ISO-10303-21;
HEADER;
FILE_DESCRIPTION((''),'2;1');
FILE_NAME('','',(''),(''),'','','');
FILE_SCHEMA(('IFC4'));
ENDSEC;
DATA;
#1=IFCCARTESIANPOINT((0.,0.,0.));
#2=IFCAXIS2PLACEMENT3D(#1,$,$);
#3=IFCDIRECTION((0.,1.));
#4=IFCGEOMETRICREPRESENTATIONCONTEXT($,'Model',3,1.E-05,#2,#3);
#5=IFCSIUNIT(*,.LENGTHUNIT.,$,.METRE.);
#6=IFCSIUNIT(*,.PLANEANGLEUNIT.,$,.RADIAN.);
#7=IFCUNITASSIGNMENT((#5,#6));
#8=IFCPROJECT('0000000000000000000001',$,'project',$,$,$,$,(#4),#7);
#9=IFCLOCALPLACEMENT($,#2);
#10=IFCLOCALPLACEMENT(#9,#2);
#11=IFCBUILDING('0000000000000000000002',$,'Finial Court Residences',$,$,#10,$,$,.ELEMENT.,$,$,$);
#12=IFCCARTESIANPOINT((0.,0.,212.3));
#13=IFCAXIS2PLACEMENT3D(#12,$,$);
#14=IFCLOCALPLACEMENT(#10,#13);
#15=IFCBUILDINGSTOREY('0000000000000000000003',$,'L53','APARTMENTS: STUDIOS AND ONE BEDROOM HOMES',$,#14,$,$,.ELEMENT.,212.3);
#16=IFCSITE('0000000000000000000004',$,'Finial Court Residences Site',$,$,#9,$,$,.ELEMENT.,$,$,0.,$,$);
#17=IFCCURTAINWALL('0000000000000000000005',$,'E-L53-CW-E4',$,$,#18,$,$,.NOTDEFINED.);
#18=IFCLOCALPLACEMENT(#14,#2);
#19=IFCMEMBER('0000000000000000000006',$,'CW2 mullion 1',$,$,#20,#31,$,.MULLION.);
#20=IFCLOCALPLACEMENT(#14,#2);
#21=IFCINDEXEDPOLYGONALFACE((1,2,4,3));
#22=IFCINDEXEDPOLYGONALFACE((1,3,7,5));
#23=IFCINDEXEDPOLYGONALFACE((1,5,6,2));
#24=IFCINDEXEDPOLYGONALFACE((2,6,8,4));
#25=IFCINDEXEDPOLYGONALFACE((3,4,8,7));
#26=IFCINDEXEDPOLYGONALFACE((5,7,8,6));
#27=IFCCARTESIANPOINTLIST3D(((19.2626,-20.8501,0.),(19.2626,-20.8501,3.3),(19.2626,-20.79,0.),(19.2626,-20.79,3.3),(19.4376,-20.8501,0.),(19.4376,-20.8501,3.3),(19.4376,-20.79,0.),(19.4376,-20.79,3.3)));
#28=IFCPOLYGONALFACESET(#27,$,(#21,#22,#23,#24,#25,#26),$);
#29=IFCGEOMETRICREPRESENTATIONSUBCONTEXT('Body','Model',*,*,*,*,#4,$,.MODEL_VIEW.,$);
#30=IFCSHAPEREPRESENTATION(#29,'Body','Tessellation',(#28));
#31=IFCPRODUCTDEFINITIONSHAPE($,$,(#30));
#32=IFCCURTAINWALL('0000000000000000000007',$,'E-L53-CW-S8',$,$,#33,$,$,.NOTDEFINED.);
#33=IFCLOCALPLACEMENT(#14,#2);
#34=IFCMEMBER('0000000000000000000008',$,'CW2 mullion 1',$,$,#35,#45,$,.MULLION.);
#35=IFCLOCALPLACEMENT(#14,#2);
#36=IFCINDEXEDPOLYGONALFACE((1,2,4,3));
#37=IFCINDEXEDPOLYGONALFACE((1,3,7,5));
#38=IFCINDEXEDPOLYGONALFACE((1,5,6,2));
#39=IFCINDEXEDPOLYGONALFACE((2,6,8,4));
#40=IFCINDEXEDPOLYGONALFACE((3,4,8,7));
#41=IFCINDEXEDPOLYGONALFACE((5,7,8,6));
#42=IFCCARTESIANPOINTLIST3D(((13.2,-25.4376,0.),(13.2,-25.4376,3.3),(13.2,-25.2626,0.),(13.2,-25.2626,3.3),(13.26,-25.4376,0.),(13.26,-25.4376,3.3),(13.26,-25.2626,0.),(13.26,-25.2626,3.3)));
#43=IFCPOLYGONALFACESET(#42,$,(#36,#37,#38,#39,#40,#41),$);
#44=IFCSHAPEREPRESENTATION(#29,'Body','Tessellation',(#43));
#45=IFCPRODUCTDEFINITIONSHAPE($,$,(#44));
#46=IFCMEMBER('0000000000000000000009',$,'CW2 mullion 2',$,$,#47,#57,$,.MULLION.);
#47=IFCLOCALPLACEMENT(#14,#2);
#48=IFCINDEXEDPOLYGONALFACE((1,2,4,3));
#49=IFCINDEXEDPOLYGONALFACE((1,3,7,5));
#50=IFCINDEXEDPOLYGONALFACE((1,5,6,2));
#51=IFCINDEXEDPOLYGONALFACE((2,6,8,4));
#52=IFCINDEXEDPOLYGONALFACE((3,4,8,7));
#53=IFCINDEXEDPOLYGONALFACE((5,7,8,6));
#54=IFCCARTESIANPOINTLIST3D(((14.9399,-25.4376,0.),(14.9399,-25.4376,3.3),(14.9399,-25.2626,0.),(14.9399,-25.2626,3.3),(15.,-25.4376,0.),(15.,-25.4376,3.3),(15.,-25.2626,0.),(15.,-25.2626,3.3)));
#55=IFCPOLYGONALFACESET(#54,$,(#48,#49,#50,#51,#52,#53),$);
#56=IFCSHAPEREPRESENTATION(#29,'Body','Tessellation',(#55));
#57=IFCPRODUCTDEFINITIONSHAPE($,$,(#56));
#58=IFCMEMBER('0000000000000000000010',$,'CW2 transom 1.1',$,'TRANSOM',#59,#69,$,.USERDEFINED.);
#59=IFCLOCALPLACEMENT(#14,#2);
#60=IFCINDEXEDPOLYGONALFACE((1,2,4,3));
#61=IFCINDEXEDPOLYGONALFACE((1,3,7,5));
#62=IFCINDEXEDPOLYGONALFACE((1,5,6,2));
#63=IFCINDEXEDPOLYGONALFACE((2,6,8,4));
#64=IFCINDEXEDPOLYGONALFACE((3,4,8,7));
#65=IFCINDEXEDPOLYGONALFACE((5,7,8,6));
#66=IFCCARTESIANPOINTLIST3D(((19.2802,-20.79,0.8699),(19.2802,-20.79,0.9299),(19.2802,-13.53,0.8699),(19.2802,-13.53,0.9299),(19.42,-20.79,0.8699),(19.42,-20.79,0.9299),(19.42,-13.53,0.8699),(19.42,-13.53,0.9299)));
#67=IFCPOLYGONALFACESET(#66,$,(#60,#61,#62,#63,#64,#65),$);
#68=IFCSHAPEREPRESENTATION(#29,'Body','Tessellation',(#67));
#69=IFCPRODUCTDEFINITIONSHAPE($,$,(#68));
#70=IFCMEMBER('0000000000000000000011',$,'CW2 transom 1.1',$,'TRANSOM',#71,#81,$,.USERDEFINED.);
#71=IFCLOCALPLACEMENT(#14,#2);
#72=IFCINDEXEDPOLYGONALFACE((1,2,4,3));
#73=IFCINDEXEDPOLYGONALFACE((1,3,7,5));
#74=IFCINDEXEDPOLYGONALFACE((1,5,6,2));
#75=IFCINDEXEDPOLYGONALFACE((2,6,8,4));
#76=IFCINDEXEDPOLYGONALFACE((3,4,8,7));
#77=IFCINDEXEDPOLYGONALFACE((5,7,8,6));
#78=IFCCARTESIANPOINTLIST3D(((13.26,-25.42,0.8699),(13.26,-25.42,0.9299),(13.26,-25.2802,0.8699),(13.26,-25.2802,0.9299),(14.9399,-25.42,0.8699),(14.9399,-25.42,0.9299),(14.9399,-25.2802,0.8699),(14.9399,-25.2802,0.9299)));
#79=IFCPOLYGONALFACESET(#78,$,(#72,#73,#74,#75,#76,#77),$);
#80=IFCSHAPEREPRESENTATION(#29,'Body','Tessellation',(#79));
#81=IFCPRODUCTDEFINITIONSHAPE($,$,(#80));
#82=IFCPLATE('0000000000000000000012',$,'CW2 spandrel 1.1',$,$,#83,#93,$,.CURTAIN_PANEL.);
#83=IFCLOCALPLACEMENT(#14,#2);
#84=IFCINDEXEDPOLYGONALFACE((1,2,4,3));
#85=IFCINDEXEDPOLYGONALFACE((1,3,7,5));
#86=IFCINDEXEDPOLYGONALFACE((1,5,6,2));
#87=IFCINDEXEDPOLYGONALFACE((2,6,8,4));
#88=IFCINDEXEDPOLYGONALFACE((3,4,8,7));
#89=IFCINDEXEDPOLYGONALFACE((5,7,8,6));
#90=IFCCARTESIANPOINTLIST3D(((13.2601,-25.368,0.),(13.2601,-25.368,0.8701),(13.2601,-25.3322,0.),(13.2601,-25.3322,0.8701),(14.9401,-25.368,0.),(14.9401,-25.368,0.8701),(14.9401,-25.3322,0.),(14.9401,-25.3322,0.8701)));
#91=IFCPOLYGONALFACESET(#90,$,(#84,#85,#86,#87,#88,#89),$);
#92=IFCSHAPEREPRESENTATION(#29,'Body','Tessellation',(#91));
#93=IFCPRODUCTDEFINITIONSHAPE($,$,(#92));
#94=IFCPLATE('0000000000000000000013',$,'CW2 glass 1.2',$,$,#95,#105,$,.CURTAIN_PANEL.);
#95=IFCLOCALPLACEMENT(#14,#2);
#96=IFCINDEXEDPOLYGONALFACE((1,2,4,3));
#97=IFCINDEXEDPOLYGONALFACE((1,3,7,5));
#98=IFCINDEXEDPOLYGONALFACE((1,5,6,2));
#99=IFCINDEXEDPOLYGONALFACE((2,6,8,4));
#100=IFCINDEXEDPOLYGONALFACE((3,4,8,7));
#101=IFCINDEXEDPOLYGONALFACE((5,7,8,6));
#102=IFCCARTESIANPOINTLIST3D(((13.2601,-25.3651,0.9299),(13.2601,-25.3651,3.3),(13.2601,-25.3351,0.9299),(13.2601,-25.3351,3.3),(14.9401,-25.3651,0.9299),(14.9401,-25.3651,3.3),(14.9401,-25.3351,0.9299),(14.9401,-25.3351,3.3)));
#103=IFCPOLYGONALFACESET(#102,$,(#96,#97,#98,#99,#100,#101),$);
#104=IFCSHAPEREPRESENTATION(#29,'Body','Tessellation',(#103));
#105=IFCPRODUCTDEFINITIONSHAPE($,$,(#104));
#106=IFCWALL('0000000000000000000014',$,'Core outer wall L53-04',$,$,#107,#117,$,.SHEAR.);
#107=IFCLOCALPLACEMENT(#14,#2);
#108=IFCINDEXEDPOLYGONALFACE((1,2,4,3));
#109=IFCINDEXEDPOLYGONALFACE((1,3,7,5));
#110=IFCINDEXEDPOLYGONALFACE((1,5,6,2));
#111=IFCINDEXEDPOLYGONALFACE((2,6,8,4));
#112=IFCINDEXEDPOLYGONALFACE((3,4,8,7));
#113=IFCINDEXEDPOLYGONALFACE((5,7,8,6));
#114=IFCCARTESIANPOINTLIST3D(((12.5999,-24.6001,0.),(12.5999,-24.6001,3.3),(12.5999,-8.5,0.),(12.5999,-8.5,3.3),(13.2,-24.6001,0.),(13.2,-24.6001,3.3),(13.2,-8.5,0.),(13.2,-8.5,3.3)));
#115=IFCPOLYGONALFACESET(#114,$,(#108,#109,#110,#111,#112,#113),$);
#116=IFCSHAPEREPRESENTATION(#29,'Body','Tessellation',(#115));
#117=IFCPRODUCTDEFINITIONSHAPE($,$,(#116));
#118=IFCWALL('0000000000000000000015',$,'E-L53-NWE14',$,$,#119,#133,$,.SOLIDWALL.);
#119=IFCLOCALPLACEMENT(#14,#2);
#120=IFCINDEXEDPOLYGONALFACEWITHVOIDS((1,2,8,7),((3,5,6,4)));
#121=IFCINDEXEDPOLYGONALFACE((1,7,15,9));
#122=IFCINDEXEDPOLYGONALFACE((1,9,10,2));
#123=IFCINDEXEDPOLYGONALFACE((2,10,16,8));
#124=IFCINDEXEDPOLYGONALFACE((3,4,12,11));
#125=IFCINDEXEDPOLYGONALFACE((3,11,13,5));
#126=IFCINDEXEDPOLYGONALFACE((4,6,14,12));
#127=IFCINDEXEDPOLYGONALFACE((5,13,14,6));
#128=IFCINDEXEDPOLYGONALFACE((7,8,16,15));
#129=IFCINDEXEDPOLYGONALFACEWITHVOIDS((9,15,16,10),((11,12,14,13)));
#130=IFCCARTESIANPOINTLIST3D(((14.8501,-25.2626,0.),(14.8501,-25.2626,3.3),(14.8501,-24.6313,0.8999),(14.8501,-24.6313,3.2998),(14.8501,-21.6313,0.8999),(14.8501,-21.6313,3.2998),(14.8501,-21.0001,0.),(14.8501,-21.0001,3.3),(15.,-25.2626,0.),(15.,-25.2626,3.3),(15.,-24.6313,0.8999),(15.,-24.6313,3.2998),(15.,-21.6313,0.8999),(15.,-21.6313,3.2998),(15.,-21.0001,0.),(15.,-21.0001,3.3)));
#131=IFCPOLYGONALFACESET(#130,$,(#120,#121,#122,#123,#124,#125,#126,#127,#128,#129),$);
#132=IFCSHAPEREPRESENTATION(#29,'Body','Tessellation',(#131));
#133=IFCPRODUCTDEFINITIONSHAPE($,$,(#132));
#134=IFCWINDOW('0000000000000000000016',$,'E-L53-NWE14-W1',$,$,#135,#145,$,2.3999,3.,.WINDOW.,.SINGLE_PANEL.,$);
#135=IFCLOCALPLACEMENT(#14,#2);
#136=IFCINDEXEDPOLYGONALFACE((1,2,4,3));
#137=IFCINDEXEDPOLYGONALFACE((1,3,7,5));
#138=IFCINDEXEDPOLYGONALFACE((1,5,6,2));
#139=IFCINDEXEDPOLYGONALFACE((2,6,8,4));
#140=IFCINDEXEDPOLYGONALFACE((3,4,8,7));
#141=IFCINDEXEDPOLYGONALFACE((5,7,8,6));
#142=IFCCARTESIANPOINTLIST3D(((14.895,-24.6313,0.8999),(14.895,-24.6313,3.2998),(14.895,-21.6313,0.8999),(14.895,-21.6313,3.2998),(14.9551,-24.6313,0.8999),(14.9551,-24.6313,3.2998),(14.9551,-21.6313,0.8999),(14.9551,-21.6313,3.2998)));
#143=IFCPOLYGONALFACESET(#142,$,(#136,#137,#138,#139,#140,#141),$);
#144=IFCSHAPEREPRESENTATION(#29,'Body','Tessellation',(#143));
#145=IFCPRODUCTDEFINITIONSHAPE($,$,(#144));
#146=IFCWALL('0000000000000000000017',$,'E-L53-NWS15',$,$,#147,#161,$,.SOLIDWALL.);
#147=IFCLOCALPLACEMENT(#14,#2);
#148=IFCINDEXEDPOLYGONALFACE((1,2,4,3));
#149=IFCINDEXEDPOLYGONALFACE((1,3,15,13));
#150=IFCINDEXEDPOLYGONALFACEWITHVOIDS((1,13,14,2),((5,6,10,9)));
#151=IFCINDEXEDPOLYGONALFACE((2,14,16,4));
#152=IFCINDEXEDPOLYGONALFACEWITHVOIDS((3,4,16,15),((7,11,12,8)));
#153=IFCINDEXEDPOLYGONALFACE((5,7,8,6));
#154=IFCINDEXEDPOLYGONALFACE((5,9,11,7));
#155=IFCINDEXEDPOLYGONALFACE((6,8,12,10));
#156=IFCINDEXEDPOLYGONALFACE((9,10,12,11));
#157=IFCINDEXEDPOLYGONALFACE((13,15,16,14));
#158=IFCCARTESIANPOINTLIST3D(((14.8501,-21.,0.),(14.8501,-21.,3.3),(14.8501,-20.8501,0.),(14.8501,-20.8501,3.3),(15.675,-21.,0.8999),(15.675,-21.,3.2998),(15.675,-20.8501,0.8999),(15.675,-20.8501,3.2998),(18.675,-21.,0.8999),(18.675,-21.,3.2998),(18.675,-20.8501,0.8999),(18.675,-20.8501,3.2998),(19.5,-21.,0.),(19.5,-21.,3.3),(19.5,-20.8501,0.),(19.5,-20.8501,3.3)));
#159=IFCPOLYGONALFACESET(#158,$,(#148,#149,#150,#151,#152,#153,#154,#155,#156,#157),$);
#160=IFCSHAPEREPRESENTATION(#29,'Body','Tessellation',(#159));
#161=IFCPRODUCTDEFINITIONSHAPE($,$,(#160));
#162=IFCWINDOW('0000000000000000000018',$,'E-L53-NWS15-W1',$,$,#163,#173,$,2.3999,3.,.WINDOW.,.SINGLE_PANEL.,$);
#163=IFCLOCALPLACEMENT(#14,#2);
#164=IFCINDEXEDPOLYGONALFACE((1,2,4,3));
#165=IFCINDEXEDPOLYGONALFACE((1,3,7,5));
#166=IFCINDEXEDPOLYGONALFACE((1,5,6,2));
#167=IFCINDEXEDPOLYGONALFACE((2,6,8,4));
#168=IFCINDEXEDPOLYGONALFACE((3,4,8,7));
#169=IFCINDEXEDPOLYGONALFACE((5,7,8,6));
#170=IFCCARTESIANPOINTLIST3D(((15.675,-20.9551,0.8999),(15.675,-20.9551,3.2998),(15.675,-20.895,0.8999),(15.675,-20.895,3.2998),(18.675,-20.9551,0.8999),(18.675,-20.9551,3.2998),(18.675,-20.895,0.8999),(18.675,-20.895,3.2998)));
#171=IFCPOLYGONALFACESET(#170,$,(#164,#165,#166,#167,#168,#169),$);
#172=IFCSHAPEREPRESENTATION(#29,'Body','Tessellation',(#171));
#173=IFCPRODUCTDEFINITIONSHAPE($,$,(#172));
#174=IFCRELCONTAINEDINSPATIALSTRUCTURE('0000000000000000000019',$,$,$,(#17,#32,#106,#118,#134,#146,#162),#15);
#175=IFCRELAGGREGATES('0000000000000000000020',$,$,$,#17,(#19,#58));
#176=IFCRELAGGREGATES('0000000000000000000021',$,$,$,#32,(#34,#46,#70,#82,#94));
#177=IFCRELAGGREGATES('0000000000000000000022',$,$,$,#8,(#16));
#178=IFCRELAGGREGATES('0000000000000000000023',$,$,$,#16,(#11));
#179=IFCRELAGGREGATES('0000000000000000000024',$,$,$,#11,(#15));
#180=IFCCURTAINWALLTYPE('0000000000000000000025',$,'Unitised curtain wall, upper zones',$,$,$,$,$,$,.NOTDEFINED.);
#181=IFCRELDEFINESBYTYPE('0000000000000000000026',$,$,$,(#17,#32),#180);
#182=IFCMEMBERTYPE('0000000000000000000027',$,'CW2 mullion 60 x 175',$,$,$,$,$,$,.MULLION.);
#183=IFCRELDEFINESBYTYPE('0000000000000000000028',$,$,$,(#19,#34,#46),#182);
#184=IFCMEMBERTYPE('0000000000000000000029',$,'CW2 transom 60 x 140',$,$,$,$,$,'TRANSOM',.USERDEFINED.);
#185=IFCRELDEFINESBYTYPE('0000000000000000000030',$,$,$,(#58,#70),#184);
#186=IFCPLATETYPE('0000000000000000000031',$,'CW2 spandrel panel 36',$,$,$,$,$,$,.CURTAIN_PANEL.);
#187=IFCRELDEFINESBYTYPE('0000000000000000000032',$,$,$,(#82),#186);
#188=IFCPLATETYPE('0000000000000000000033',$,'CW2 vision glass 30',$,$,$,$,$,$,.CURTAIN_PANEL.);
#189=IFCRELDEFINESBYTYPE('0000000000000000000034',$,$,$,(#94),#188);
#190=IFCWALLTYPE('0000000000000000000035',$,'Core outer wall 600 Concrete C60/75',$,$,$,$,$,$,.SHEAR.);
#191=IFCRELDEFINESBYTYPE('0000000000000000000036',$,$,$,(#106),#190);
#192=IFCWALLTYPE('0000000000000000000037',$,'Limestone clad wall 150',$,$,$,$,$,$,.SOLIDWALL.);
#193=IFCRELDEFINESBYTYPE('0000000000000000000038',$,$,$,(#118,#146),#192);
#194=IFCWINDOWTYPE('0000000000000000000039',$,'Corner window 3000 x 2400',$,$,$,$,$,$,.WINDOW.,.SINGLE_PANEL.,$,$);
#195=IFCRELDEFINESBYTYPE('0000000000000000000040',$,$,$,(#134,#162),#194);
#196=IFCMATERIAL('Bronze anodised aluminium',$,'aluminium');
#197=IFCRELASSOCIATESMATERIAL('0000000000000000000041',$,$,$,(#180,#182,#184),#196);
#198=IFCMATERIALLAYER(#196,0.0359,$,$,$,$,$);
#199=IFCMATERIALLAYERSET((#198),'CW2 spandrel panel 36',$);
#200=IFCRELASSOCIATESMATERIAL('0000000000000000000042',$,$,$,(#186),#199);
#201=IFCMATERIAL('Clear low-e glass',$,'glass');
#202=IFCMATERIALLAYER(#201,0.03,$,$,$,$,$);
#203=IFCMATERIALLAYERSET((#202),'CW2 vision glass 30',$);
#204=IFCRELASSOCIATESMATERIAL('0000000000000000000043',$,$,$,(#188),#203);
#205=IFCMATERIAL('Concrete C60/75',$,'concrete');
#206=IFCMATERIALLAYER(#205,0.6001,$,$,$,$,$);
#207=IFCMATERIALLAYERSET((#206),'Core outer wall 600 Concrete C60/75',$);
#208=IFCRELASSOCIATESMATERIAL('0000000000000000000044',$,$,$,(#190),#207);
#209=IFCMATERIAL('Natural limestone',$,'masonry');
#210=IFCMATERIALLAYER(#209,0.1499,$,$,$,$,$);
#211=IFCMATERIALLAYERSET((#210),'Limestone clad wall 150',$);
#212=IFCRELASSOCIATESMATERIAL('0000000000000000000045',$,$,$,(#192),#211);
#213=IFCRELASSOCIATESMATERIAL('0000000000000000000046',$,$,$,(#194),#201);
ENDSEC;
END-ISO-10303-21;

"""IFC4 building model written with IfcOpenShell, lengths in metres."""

from ifc_helpers import new_model, si_unit, direction, frame, frame_2d, origin, origin_2d, place, context, subcontext, project, spatial, rectangle, extrude, material, layer, layer_set, material_profile, profile_set, type_object, element, fill, aggregate, save


model = new_model("IFC4")

# Units and contexts
model_context = context("Model", 3, precision=1e-05, world=origin(), true_north=direction((0.0, 1.0)))
body_context = subcontext(model_context, "Body", "Model", "MODEL_VIEW")
ifc_project = project(units=[si_unit("LENGTHUNIT", "METRE"), si_unit("PLANEANGLEUNIT", "RADIAN")], contexts=[model_context])

# Site, building, storey
site_placement = place(None, origin())
site = spatial("IfcSite", under=ifc_project, at=site_placement, Name="Finial Court Residences Site", CompositionType="ELEMENT", RefElevation=0.0)
building_placement = place(site_placement, origin())
building = spatial("IfcBuilding", under=site, at=building_placement, Name="Finial Court Residences", CompositionType="ELEMENT")
storey_placement = place(building_placement, frame((0.0, 0.0, 212.3)))
storey = spatial("IfcBuildingStorey", under=building, at=storey_placement, Name="L53", Description="APARTMENTS: STUDIOS AND ONE BEDROOM HOMES", CompositionType="ELEMENT", Elevation=212.3)

# Curtain wall, member
ifc_material_1 = material(Name="Bronze anodised aluminium", Category="aluminium")
curtain_wall_type = type_object("IfcCurtainWallType", Name="Unitised curtain wall, upper zones", PredefinedType="NOTDEFINED", material=ifc_material_1)
curtain_wall_1_placement = place(storey_placement, origin())
curtain_wall_1 = element("IfcCurtainWall", 1, at=curtain_wall_1_placement, inside=storey, type_object=curtain_wall_type, Name="E-L53-CW-E4", PredefinedType="NOTDEFINED")
ifc_material_profile_1 = material_profile(ifc_material_1, rectangle(XDim=0.175, YDim=0.0601, at=origin_2d()), Name="CW2 mullion 60 x 175")
ifc_profile_set_1 = profile_set([ifc_material_profile_1], Name="Bronze anodised aluminium")
member_type_1 = type_object("IfcMemberType", Name="CW2 mullion 60 x 175", PredefinedType="MULLION", material=ifc_profile_set_1)
member_1_placement = place(storey_placement, frame((19.3501, -20.8201, 0.0), z_axis=(0.0, 0.0, 1.0), x_axis=(-1.0, 0.0, 0.0)))
member_1 = element("IfcMember", 2, at=member_1_placement, type_object=member_type_1, Name="CW2 mullion 1", PredefinedType="MULLION", context=body_context, shape_type="SweptSolid", body=[
    extrude(rectangle(XDim=0.175, YDim=0.0601, at=origin_2d()), origin(), (0.0, 0.0, 1.0), 3.3),
])

# Curtain wall, members
curtain_wall_2_placement = place(storey_placement, origin())
curtain_wall_2 = element("IfcCurtainWall", 3, at=curtain_wall_2_placement, inside=storey, type_object=curtain_wall_type, Name="E-L53-CW-S8", PredefinedType="NOTDEFINED")
member_2_placement = place(storey_placement, frame((13.23, -25.3501, 0.0), z_axis=(0.0, 0.0, 1.0), x_axis=(0.0, 1.0, 0.0)))
member_2 = element("IfcMember", 4, at=member_2_placement, type_object=member_type_1, Name="CW2 mullion 1", PredefinedType="MULLION", context=body_context, shape_type="SweptSolid", body=[
    extrude(rectangle(XDim=0.175, YDim=0.0601, at=origin_2d()), origin(), (0.0, 0.0, 1.0), 3.3),
])
member_3_placement = place(storey_placement, frame((14.97, -25.3501, 0.0), z_axis=(0.0, 0.0, 1.0), x_axis=(0.0, 1.0, 0.0)))
member_3 = element("IfcMember", 5, at=member_3_placement, type_object=member_type_1, Name="CW2 mullion 2", PredefinedType="MULLION", context=body_context, shape_type="SweptSolid", body=[
    extrude(rectangle(XDim=0.175, YDim=0.0601, at=origin_2d()), origin(), (0.0, 0.0, 1.0), 3.3),
])

# Members
ifc_material_profile_2 = material_profile(ifc_material_1, rectangle(XDim=0.1399, YDim=0.0601, at=origin_2d()), Name="CW2 transom 60 x 140")
ifc_profile_set_2 = profile_set([ifc_material_profile_2], Name="Bronze anodised aluminium")
member_type_2 = type_object("IfcMemberType", Name="CW2 transom 60 x 140", ElementType="TRANSOM", PredefinedType="USERDEFINED", material=ifc_profile_set_2)
member_4_placement = place(storey_placement, frame((19.3501, -20.79, 0.8999), z_axis=(0.0, 1.0, 0.0), x_axis=(-1.0, 0.0, 0.0)))
member_4 = element("IfcMember", 6, at=member_4_placement, type_object=member_type_2, Name="CW2 transom 1.1", ObjectType="TRANSOM", PredefinedType="USERDEFINED", context=body_context, shape_type="SweptSolid", body=[
    extrude(rectangle(XDim=0.1399, YDim=0.0601, at=origin_2d()), origin(), (0.0, 0.0, 1.0), 7.26),
])
aggregate(curtain_wall_1, [member_1, member_4])
member_5_placement = place(storey_placement, frame((13.26, -25.3501, 0.8999), z_axis=(1.0, 0.0, 0.0), x_axis=(0.0, 1.0, 0.0)))
member_5 = element("IfcMember", 7, at=member_5_placement, type_object=member_type_2, Name="CW2 transom 1.1", ObjectType="TRANSOM", PredefinedType="USERDEFINED", context=body_context, shape_type="SweptSolid", body=[
    extrude(rectangle(XDim=0.1399, YDim=0.0601, at=origin_2d()), origin(), (0.0, 0.0, 1.0), 1.6799),
])

# Plates
ifc_layer_1 = layer(ifc_material_1, 0.0359)
ifc_layer_set_1 = layer_set([ifc_layer_1], Name="CW2 spandrel panel 36")
plate_type_1 = type_object("IfcPlateType", Name="CW2 spandrel panel 36", PredefinedType="CURTAIN_PANEL", material=ifc_layer_set_1)
plate_1_placement = place(storey_placement, frame((14.1001, -25.3501, 0.0), z_axis=(0.0, 0.0, 1.0), x_axis=(1.0, 0.0, 0.0)))
plate_1 = element("IfcPlate", 8, at=plate_1_placement, type_object=plate_type_1, Name="CW2 spandrel 1.1", PredefinedType="CURTAIN_PANEL", context=body_context, shape_type="SweptSolid", body=[
    extrude(rectangle(XDim=1.6799, YDim=0.0359, at=origin_2d()), origin(), (0.0, 0.0, 1.0), 0.8701),
])
ifc_material_2 = material(Name="Clear low-e glass", Category="glass")
ifc_layer_2 = layer(ifc_material_2, 0.03)
ifc_layer_set_2 = layer_set([ifc_layer_2], Name="CW2 vision glass 30")
plate_type_2 = type_object("IfcPlateType", Name="CW2 vision glass 30", PredefinedType="CURTAIN_PANEL", material=ifc_layer_set_2)
plate_2_placement = place(storey_placement, frame((14.1001, -25.3501, 0.9299), z_axis=(0.0, 0.0, 1.0), x_axis=(1.0, 0.0, 0.0)))
plate_2 = element("IfcPlate", 9, at=plate_2_placement, type_object=plate_type_2, Name="CW2 glass 1.2", PredefinedType="CURTAIN_PANEL", context=body_context, shape_type="SweptSolid", body=[
    extrude(rectangle(XDim=1.6799, YDim=0.03, at=origin_2d()), origin(), (0.0, 0.0, 1.0), 2.3701),
])
aggregate(curtain_wall_2, [member_2, member_3, member_5, plate_1, plate_2])

# Wall
ifc_material_3 = material(Name="Concrete C60/75", Category="concrete")
ifc_layer_3 = layer(ifc_material_3, 0.6001)
ifc_layer_set_3 = layer_set([ifc_layer_3], Name="Core outer wall 600 Concrete C60/75")
wall_type_1 = type_object("IfcWallType", Name="Core outer wall 600 Concrete C60/75", PredefinedType="SHEAR", material=ifc_layer_set_3)
wall_1_placement = place(storey_placement, frame((12.8999, -24.6001, 0.0), z_axis=(0.0, 0.0, 1.0), x_axis=(0.0, 1.0, 0.0)))
element("IfcWall", 10, at=wall_1_placement, inside=storey, type_object=wall_type_1, Name="Core outer wall L53-04", PredefinedType="SHEAR", context=body_context, shape_type="SweptSolid", body=[
    extrude(rectangle(XDim=16.1001, YDim=0.6001, at=frame_2d((8.05, 0.0))), origin(), (0.0, 0.0, 1.0), 3.3),
])

# Walls, openings, windows
ifc_material_4 = material(Name="Natural limestone", Category="masonry")
ifc_layer_4 = layer(ifc_material_4, 0.1499)
ifc_layer_set_4 = layer_set([ifc_layer_4], Name="Limestone clad wall 150")
wall_type_2 = type_object("IfcWallType", Name="Limestone clad wall 150", PredefinedType="SOLIDWALL", material=ifc_layer_set_4)
wall_2_placement = place(storey_placement, frame((14.925, -21.0, 0.0), z_axis=(0.0, 0.0, 1.0), x_axis=(0.0, -1.0, 0.0)))
wall_2 = element("IfcWall", 11, at=wall_2_placement, inside=storey, type_object=wall_type_2, Name="E-L53-NWE14", PredefinedType="SOLIDWALL", context=body_context, shape_type="SweptSolid", body=[
    extrude(rectangle(XDim=4.2625, YDim=0.1499, at=frame_2d((2.1313, 0.0))), origin(), (0.0, 0.0, 1.0), 3.3),
])
opening_1_placement = place(wall_2_placement, frame((0.6313, 0.0, 0.8999)))
opening_1 = element("IfcOpeningElement", 12, at=opening_1_placement, cuts=wall_2, PredefinedType="OPENING", context=body_context, shape_type="SweptSolid", body=[
    extrude(rectangle(XDim=3.0, YDim=2.3999, at=frame_2d((1.5, 1.2))), frame((0.0, 0.085, 0.0), z_axis=(0.0, -1.0, 0.0), x_axis=(1.0, 0.0, 0.0)), (0.0, 0.0, 1.0), 0.1699),
])
window_type = type_object("IfcWindowType", Name="Corner window 3000 x 2400", PartitioningType="SINGLE_PANEL", PredefinedType="WINDOW", material=ifc_material_2)
window_1_placement = place(opening_1_placement, origin())
window_1 = element("IfcWindow", 13, at=window_1_placement, inside=storey, type_object=window_type, Name="E-L53-NWE14-W1", OverallHeight=2.3999, OverallWidth=3.0, PartitioningType="SINGLE_PANEL", PredefinedType="WINDOW", context=body_context, shape_type="SweptSolid", body=[
    extrude(rectangle(XDim=3.0, YDim=2.3999, at=frame_2d((1.5, 1.2))), frame((0.0, 0.03, 0.0), z_axis=(0.0, -1.0, 0.0), x_axis=(1.0, 0.0, 0.0)), (0.0, 0.0, 1.0), 0.0601),
])
fill(opening_1, window_1)
wall_3_placement = place(storey_placement, frame((19.5, -20.925, 0.0), z_axis=(0.0, 0.0, 1.0), x_axis=(-1.0, 0.0, 0.0)))
wall_3 = element("IfcWall", 14, at=wall_3_placement, inside=storey, type_object=wall_type_2, Name="E-L53-NWS15", PredefinedType="SOLIDWALL", context=body_context, shape_type="SweptSolid", body=[
    extrude(rectangle(XDim=4.6499, YDim=0.1499, at=frame_2d((2.325, 0.0))), origin(), (0.0, 0.0, 1.0), 3.3),
])
opening_2_placement = place(wall_3_placement, frame((0.825, 0.0, 0.8999)))
opening_2 = element("IfcOpeningElement", 15, at=opening_2_placement, cuts=wall_3, PredefinedType="OPENING", context=body_context, shape_type="SweptSolid", body=[
    extrude(rectangle(XDim=3.0, YDim=2.3999, at=frame_2d((1.5, 1.2))), frame((0.0, 0.085, 0.0), z_axis=(0.0, -1.0, 0.0), x_axis=(1.0, 0.0, 0.0)), (0.0, 0.0, 1.0), 0.1699),
])
window_2_placement = place(opening_2_placement, origin())
window_2 = element("IfcWindow", 16, at=window_2_placement, inside=storey, type_object=window_type, Name="E-L53-NWS15-W1", OverallHeight=2.3999, OverallWidth=3.0, PartitioningType="SINGLE_PANEL", PredefinedType="WINDOW", context=body_context, shape_type="SweptSolid", body=[
    extrude(rectangle(XDim=3.0, YDim=2.3999, at=frame_2d((1.5, 1.2))), frame((0.0, 0.03, 0.0), z_axis=(0.0, -1.0, 0.0), x_axis=(1.0, 0.0, 0.0)), (0.0, 0.0, 1.0), 0.0601),
])
fill(opening_2, window_2)

save(model, "model.ifc")
